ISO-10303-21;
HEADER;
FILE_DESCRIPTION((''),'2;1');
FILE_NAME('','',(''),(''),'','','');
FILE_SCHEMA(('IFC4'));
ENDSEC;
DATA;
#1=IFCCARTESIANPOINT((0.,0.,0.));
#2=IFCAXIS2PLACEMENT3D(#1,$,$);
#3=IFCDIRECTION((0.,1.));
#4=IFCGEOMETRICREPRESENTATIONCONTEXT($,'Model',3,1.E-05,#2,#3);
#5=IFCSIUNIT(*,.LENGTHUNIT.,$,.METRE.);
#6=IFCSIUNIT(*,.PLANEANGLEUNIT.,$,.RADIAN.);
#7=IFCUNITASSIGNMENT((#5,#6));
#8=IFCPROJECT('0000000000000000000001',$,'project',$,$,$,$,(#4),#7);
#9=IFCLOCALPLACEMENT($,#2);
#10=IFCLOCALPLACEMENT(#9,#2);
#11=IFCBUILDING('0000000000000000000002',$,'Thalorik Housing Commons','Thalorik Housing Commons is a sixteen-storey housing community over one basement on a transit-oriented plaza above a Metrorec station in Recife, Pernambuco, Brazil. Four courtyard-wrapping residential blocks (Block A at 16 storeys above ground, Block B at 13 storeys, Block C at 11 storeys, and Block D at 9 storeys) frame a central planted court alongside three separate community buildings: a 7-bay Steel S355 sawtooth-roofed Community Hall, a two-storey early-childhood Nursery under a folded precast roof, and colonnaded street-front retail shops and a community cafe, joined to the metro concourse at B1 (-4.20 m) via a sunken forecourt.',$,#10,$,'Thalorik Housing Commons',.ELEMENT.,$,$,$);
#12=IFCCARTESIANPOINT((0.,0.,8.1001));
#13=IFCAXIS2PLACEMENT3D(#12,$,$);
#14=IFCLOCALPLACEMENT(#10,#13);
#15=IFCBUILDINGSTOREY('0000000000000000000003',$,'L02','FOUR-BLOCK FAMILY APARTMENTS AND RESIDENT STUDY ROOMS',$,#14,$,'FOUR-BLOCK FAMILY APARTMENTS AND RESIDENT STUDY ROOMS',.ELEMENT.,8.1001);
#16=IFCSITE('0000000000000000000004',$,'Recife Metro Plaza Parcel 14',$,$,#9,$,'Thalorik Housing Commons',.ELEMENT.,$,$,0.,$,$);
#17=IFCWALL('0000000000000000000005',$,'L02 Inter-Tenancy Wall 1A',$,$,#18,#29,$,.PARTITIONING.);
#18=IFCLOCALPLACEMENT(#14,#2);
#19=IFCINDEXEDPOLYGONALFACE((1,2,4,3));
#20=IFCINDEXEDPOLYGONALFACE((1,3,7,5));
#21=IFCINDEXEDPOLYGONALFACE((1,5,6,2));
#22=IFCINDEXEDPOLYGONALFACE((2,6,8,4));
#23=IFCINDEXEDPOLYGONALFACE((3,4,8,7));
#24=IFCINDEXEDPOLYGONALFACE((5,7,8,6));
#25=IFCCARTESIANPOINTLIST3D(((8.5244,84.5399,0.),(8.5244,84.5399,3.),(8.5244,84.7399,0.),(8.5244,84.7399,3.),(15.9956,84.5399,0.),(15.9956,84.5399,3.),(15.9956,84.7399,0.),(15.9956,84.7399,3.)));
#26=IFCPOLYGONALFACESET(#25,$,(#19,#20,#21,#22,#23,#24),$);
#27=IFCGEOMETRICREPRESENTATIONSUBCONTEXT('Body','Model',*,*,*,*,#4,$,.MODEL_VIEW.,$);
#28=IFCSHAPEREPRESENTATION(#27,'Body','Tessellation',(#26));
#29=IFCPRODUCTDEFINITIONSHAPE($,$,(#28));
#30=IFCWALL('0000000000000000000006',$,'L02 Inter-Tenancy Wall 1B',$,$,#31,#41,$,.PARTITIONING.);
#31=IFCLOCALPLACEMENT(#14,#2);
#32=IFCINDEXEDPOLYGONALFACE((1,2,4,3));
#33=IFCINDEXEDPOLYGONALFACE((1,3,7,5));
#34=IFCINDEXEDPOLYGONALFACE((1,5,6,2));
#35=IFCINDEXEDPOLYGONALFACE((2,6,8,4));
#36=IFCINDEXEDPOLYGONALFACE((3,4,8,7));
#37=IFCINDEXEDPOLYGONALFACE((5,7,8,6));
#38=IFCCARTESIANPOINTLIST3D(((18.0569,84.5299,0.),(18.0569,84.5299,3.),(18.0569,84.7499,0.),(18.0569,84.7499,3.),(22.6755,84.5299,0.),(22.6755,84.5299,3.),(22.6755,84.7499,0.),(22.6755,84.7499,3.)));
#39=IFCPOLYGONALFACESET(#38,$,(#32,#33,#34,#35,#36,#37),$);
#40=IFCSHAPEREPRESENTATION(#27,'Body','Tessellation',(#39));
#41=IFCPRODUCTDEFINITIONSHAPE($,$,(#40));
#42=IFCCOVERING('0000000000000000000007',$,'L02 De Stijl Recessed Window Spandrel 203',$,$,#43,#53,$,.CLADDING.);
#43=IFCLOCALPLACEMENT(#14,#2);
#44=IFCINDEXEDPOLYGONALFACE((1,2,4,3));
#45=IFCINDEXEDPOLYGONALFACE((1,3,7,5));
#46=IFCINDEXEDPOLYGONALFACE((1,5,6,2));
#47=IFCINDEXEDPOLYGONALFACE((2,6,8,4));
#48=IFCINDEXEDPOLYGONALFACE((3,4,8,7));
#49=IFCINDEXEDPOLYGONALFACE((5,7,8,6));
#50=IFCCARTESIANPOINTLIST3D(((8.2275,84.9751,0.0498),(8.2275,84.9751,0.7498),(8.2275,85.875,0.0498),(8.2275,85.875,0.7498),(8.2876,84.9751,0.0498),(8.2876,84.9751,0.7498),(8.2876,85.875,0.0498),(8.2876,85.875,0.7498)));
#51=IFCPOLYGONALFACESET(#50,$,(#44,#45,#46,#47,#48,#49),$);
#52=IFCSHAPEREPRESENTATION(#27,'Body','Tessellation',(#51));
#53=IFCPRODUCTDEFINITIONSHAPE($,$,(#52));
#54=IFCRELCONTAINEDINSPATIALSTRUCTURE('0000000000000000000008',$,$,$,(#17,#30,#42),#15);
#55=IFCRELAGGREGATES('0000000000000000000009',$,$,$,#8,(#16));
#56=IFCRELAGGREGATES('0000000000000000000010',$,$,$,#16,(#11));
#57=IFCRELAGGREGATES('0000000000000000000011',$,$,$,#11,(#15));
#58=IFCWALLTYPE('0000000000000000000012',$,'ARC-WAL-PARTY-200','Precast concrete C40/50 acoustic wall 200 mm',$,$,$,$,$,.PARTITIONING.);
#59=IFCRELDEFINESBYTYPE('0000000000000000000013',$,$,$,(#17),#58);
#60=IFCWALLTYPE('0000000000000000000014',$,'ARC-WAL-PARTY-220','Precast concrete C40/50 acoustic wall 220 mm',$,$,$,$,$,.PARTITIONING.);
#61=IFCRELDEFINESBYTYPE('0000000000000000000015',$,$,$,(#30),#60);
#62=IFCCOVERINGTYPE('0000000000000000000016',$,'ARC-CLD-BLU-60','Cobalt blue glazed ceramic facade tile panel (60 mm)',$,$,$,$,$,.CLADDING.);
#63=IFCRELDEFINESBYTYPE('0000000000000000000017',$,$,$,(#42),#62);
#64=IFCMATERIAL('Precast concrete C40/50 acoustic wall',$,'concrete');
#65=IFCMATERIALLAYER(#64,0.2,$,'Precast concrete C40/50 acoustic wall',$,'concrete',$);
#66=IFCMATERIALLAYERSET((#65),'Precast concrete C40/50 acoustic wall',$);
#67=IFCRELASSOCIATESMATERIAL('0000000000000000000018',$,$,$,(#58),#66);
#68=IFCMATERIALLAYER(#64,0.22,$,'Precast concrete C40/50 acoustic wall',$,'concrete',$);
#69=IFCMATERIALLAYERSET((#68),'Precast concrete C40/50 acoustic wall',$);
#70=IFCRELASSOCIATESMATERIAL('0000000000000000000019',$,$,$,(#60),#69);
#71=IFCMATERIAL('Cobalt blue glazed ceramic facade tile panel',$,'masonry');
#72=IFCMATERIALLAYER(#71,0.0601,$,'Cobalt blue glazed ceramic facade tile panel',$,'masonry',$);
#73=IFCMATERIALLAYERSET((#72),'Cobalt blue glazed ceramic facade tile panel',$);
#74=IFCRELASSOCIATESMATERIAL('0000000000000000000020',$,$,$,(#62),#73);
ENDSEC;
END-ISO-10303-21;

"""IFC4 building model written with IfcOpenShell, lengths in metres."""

from ifc_helpers import new_model, si_unit, direction, frame, frame_2d, origin, origin_2d, place, context, subcontext, project, spatial, rectangle, extrude, material, layer, layer_set, type_object, element, save


model = new_model("IFC4")

# Units and contexts
model_context = context("Model", 3, precision=1e-05, world=origin(), true_north=direction((0.0, 1.0)))
body_context = subcontext(model_context, "Body", "Model", "MODEL_VIEW")
ifc_project = project(units=[si_unit("LENGTHUNIT", "METRE"), si_unit("PLANEANGLEUNIT", "RADIAN")], contexts=[model_context])

# Site, building, storey
site_placement = place(None, origin())
site = spatial("IfcSite", under=ifc_project, at=site_placement, Name="Recife Metro Plaza Parcel 14", LongName="Thalorik Housing Commons", CompositionType="ELEMENT", RefElevation=0.0)
building_placement = place(site_placement, origin())
building = spatial("IfcBuilding", under=site, at=building_placement, Name="Thalorik Housing Commons", Description="Thalorik Housing Commons is a sixteen-storey housing community over one basement on a transit-oriented plaza above a Metrorec station in Recife, Pernambuco, Brazil. Four courtyard-wrapping residential blocks (Block A at 16 storeys above ground, Block B at 13 storeys, Block C at 11 storeys, and Block D at 9 storeys) frame a central planted court alongside three separate community buildings: a 7-bay Steel S355 sawtooth-roofed Community Hall, a two-storey early-childhood Nursery under a folded precast roof, and colonnaded street-front retail shops and a community cafe, joined to the metro concourse at B1 (-4.20 m) via a sunken forecourt.", LongName="Thalorik Housing Commons", CompositionType="ELEMENT")
storey_placement = place(building_placement, frame((0.0, 0.0, 8.1001)))
storey = spatial("IfcBuildingStorey", under=building, at=storey_placement, Name="L02", Description="FOUR-BLOCK FAMILY APARTMENTS AND RESIDENT STUDY ROOMS", LongName="FOUR-BLOCK FAMILY APARTMENTS AND RESIDENT STUDY ROOMS", CompositionType="ELEMENT", Elevation=8.1001)

# Walls
ifc_material_1 = material(Name="Precast concrete C40/50 acoustic wall", Category="concrete")
ifc_layer_1 = layer(ifc_material_1, 0.2, Name="Precast concrete C40/50 acoustic wall", Category="concrete")
ifc_layer_set_1 = layer_set([ifc_layer_1], Name="Precast concrete C40/50 acoustic wall")
wall_type_1 = type_object("IfcWallType", Name="ARC-WAL-PARTY-200", Description="Precast concrete C40/50 acoustic wall 200 mm", PredefinedType="PARTITIONING", material=ifc_layer_set_1)
wall_1_placement = place(storey_placement, frame((8.5244, 84.6399, 0.0), z_axis=(0.0, 0.0, 1.0), x_axis=(1.0, 0.0, 0.0)))
element("IfcWall", 1, at=wall_1_placement, inside=storey, type_object=wall_type_1, Name="L02 Inter-Tenancy Wall 1A", PredefinedType="PARTITIONING", context=body_context, shape_type="SweptSolid", body=[
    extrude(rectangle(XDim=7.4712, YDim=0.2, at=frame_2d((3.7356, 0.0))), origin(), (0.0, 0.0, 1.0), 3.0),
])
ifc_layer_2 = layer(ifc_material_1, 0.22, Name="Precast concrete C40/50 acoustic wall", Category="concrete")
ifc_layer_set_2 = layer_set([ifc_layer_2], Name="Precast concrete C40/50 acoustic wall")
wall_type_2 = type_object("IfcWallType", Name="ARC-WAL-PARTY-220", Description="Precast concrete C40/50 acoustic wall 220 mm", PredefinedType="PARTITIONING", material=ifc_layer_set_2)
wall_2_placement = place(storey_placement, frame((18.0569, 84.6399, 0.0), z_axis=(0.0, 0.0, 1.0), x_axis=(1.0, 0.0, 0.0)))
element("IfcWall", 2, at=wall_2_placement, inside=storey, type_object=wall_type_2, Name="L02 Inter-Tenancy Wall 1B", PredefinedType="PARTITIONING", context=body_context, shape_type="SweptSolid", body=[
    extrude(rectangle(XDim=4.6187, YDim=0.22, at=frame_2d((2.3093, 0.0))), origin(), (0.0, 0.0, 1.0), 3.0),
])

# Covering
ifc_material_2 = material(Name="Cobalt blue glazed ceramic facade tile panel", Category="masonry")
ifc_layer_3 = layer(ifc_material_2, 0.0601, Name="Cobalt blue glazed ceramic facade tile panel", Category="masonry")
ifc_layer_set_3 = layer_set([ifc_layer_3], Name="Cobalt blue glazed ceramic facade tile panel")
covering_type_1 = type_object("IfcCoveringType", Name="ARC-CLD-BLU-60", Description="Cobalt blue glazed ceramic facade tile panel (60 mm)", PredefinedType="CLADDING", material=ifc_layer_set_3)
covering_1_placement = place(storey_placement, frame((8.2576, 85.425, 0.0498), z_axis=(0.0, 0.0, 1.0), x_axis=(0.0, -1.0, 0.0)))
element("IfcCovering", 3, at=covering_1_placement, inside=storey, type_object=covering_type_1, Name="L02 De Stijl Recessed Window Spandrel 203", PredefinedType="CLADDING", context=body_context, shape_type="SweptSolid", body=[
    extrude(rectangle(XDim=0.8999, YDim=0.0601, at=origin_2d()), origin(), (0.0, 0.0, 1.0), 0.7),
])

save(model, "model.ifc")
